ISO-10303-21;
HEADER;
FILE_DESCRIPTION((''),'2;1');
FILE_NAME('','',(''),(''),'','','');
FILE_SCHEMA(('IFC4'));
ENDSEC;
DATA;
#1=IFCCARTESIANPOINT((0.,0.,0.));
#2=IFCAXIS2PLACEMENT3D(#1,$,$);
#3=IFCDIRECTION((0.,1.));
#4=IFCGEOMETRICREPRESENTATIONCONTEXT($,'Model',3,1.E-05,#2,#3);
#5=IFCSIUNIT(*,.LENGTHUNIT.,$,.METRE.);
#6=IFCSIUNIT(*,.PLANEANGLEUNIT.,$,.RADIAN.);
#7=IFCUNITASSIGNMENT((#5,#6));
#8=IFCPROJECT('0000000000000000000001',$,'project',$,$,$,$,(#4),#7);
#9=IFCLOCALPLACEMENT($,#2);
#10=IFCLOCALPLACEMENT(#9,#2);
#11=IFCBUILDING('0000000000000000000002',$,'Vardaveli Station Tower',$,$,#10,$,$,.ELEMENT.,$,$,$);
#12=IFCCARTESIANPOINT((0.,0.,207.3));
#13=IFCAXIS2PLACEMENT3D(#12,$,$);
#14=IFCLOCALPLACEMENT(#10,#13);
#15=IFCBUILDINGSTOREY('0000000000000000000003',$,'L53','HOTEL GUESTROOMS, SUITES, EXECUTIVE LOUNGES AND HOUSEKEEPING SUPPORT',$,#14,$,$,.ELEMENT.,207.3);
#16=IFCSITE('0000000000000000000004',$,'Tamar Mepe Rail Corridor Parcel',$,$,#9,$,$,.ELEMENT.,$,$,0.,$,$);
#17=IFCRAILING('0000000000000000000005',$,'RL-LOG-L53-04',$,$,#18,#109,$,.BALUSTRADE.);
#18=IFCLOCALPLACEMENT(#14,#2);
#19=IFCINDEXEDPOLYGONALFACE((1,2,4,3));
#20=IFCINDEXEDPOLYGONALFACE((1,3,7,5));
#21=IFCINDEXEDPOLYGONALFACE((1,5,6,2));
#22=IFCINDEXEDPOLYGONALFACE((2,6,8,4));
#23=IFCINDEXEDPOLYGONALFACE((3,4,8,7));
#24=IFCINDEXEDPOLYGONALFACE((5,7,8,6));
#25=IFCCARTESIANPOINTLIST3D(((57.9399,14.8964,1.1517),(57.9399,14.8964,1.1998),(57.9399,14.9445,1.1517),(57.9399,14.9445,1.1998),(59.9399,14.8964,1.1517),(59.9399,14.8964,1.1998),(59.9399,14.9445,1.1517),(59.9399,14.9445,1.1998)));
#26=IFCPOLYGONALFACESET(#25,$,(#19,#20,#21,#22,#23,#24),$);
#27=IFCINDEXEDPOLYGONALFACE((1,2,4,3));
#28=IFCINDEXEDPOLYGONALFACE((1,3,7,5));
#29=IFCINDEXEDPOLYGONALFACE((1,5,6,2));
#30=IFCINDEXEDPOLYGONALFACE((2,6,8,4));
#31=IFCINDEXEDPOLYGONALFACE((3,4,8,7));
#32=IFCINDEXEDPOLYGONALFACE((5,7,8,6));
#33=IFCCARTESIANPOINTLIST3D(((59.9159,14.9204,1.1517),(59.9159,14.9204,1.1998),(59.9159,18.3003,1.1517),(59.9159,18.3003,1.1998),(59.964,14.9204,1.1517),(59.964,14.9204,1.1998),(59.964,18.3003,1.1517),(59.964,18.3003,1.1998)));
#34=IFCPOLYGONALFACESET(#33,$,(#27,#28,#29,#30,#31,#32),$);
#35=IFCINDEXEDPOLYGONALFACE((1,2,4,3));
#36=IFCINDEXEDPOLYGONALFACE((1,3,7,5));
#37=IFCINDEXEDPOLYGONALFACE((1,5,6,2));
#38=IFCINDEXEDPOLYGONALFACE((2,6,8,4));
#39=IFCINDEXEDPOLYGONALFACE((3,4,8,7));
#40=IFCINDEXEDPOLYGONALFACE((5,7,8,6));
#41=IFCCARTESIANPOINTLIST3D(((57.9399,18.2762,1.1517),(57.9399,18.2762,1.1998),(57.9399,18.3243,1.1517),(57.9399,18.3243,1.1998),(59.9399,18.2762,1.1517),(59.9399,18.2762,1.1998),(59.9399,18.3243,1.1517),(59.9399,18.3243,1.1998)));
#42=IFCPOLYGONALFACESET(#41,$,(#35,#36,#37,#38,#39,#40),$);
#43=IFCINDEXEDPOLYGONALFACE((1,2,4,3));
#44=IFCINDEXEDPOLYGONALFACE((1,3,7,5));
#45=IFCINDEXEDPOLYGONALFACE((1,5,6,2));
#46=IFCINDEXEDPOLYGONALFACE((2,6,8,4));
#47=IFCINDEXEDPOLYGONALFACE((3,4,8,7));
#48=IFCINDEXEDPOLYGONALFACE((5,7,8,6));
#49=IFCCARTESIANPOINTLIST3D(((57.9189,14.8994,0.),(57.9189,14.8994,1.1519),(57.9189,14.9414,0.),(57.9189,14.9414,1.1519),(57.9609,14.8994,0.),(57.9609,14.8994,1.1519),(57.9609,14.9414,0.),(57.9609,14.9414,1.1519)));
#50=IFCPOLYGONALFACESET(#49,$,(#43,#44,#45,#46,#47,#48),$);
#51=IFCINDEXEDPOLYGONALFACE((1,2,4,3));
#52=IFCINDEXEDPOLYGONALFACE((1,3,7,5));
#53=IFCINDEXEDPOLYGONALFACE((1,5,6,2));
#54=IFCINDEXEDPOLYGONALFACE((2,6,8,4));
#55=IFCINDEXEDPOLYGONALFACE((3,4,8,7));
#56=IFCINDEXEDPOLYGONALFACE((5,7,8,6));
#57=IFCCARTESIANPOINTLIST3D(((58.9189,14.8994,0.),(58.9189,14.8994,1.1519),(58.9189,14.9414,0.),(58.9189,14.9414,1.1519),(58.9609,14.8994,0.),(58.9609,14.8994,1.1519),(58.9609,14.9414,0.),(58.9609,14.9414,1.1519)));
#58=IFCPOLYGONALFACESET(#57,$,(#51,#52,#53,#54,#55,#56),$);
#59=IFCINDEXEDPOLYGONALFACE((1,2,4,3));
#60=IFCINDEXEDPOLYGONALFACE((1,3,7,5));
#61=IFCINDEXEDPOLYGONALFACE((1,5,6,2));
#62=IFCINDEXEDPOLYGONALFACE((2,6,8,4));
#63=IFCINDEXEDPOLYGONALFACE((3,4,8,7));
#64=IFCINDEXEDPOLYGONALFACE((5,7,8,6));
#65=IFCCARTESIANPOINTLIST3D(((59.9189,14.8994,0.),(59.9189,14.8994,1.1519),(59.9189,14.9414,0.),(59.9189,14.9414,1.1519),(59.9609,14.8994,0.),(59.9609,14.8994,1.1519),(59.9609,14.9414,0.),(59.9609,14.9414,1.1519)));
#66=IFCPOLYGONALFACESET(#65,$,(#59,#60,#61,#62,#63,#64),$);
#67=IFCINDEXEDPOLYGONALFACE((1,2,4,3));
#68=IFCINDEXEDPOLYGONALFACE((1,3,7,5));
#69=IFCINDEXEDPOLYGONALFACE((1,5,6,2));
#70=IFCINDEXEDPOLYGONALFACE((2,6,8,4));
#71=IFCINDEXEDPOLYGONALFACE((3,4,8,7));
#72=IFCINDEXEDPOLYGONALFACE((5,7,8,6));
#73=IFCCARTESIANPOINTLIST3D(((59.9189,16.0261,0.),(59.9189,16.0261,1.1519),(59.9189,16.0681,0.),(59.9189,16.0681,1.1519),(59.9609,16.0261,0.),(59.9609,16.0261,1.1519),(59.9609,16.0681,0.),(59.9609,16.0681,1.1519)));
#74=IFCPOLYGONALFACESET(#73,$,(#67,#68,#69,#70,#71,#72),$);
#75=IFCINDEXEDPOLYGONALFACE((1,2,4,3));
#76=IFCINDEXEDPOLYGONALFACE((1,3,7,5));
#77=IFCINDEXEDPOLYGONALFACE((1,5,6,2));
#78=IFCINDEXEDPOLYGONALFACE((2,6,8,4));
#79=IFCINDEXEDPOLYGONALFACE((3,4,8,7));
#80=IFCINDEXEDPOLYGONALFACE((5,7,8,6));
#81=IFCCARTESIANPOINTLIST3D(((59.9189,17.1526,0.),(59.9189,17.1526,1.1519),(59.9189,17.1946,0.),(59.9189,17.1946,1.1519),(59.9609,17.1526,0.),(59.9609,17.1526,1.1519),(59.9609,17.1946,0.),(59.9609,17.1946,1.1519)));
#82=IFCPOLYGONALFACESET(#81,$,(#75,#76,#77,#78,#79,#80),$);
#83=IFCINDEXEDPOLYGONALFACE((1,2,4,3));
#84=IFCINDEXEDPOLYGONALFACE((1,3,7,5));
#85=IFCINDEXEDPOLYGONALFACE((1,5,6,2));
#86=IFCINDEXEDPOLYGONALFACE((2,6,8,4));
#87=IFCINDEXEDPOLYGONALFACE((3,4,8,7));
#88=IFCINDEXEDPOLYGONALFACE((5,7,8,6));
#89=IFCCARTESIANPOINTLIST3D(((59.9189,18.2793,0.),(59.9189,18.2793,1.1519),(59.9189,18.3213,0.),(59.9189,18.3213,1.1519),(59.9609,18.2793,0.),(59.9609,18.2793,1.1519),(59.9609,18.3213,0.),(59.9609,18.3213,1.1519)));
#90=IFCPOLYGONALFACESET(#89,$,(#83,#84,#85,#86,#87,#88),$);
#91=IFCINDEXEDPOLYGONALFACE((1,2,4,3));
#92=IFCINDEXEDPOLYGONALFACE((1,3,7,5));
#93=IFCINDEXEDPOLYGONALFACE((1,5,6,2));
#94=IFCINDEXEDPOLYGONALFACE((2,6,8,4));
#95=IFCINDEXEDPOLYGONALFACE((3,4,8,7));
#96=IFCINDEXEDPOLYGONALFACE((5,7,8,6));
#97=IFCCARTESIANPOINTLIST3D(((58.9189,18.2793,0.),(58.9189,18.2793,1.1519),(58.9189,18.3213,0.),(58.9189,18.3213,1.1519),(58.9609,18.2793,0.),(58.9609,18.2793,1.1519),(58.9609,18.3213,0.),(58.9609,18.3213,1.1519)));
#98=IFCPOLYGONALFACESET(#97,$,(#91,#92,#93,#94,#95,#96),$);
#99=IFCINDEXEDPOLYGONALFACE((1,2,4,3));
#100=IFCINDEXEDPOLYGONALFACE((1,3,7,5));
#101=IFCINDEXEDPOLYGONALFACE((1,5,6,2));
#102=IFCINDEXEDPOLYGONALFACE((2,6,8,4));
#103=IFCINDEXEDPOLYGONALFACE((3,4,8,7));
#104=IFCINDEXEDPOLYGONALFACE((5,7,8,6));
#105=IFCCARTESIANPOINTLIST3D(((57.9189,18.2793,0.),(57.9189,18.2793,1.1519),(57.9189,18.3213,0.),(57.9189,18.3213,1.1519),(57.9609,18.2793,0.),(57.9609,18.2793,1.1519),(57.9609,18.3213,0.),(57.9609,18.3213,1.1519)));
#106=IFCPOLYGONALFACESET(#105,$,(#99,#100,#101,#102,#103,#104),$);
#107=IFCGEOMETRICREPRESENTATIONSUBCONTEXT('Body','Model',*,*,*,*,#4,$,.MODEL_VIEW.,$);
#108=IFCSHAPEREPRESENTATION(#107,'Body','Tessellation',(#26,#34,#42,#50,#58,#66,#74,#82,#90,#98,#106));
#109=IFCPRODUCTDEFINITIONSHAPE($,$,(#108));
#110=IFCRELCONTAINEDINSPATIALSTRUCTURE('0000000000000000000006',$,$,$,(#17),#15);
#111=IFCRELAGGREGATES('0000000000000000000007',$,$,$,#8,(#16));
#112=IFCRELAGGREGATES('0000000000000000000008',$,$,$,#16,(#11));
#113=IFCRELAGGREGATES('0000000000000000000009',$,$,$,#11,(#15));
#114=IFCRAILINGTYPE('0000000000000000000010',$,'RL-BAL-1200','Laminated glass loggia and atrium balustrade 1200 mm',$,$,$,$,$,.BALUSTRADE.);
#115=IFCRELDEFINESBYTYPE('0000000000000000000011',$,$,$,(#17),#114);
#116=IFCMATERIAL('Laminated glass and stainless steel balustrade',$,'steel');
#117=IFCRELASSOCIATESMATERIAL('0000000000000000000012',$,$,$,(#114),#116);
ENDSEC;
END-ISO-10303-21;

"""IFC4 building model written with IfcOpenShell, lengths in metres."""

from ifc_helpers import new_model, si_unit, direction, frame, origin, origin_2d, place, context, subcontext, project, spatial, rectangle, extrude, source, transform, mapped, material, type_object, element, save


model = new_model("IFC4")

# Units and contexts
model_context = context("Model", 3, precision=1e-05, world=origin(), true_north=direction((0.0, 1.0)))
body_context = subcontext(model_context, "Body", "Model", "MODEL_VIEW")
ifc_project = project(units=[si_unit("LENGTHUNIT", "METRE"), si_unit("PLANEANGLEUNIT", "RADIAN")], contexts=[model_context])

# Site, building, storey
site_placement = place(None, origin())
site = spatial("IfcSite", under=ifc_project, at=site_placement, Name="Tamar Mepe Rail Corridor Parcel", CompositionType="ELEMENT", RefElevation=0.0)
building_placement = place(site_placement, origin())
building = spatial("IfcBuilding", under=site, at=building_placement, Name="Vardaveli Station Tower", CompositionType="ELEMENT")
storey_placement = place(building_placement, frame((0.0, 0.0, 207.3)))
storey = spatial("IfcBuildingStorey", under=building, at=storey_placement, Name="L53", Description="HOTEL GUESTROOMS, SUITES, EXECUTIVE LOUNGES AND HOUSEKEEPING SUPPORT", CompositionType="ELEMENT", Elevation=207.3)

# Railing
ifc_material_1 = material(Name="Laminated glass and stainless steel balustrade", Category="steel")
railing_type = type_object("IfcRailingType", Name="RL-BAL-1200", Description="Laminated glass loggia and atrium balustrade 1200 mm", PredefinedType="BALUSTRADE", material=ifc_material_1)
shared_shape_1 = source(origin(), body_context, "Body", "SweptSolid", [
    extrude(rectangle(XDim=0.0481, YDim=0.0481, at=origin_2d()), frame((0.0, 0.0, 1.1758), z_axis=(1.0, 0.0, 0.0), x_axis=(0.0, 1.0, 0.0)), (0.0, 0.0, 1.0), 2.0),
    extrude(rectangle(XDim=0.0481, YDim=0.0481, at=origin_2d()), frame((2.0, 0.0, 1.1758), z_axis=(0.0, 1.0, 0.0), x_axis=(-1.0, 0.0, 0.0)), (0.0, 0.0, 1.0), 3.3799),
    extrude(rectangle(XDim=0.0481, YDim=0.0481, at=origin_2d()), frame((2.0, 3.3799, 1.1758), z_axis=(-1.0, 0.0, 0.0), x_axis=(0.0, -1.0, 0.0)), (0.0, 0.0, 1.0), 2.0),
    extrude(rectangle(XDim=0.042, YDim=0.042, at=origin_2d()), origin(), (0.0, 0.0, 1.0), 1.1519),
    extrude(rectangle(XDim=0.042, YDim=0.042, at=origin_2d()), frame((1.0, 0.0, 0.0)), (0.0, 0.0, 1.0), 1.1519),
    extrude(rectangle(XDim=0.042, YDim=0.042, at=origin_2d()), frame((2.0, 0.0, 0.0)), (0.0, 0.0, 1.0), 1.1519),
    extrude(rectangle(XDim=0.042, YDim=0.042, at=origin_2d()), frame((2.0, 1.1267, 0.0)), (0.0, 0.0, 1.0), 1.1519),
    extrude(rectangle(XDim=0.042, YDim=0.042, at=origin_2d()), frame((2.0, 2.2532, 0.0)), (0.0, 0.0, 1.0), 1.1519),
    extrude(rectangle(XDim=0.042, YDim=0.042, at=origin_2d()), frame((2.0, 3.3799, 0.0)), (0.0, 0.0, 1.0), 1.1519),
    extrude(rectangle(XDim=0.042, YDim=0.042, at=origin_2d()), frame((1.0, 3.3799, 0.0)), (0.0, 0.0, 1.0), 1.1519),
    extrude(rectangle(XDim=0.042, YDim=0.042, at=origin_2d()), frame((0.0, 3.3799, 0.0)), (0.0, 0.0, 1.0), 1.1519),
])
railing_placement = place(storey_placement, frame((57.9399, 14.9204, 0.0)))
element("IfcRailing", 1, at=railing_placement, inside=storey, type_object=railing_type, Name="RL-LOG-L53-04", PredefinedType="BALUSTRADE", context=body_context, shape_type="MappedRepresentation", body=[
    mapped(shared_shape_1, transform((0.0, 0.0, 0.0), scale=1.0)),
])

save(model, "model.ifc")
